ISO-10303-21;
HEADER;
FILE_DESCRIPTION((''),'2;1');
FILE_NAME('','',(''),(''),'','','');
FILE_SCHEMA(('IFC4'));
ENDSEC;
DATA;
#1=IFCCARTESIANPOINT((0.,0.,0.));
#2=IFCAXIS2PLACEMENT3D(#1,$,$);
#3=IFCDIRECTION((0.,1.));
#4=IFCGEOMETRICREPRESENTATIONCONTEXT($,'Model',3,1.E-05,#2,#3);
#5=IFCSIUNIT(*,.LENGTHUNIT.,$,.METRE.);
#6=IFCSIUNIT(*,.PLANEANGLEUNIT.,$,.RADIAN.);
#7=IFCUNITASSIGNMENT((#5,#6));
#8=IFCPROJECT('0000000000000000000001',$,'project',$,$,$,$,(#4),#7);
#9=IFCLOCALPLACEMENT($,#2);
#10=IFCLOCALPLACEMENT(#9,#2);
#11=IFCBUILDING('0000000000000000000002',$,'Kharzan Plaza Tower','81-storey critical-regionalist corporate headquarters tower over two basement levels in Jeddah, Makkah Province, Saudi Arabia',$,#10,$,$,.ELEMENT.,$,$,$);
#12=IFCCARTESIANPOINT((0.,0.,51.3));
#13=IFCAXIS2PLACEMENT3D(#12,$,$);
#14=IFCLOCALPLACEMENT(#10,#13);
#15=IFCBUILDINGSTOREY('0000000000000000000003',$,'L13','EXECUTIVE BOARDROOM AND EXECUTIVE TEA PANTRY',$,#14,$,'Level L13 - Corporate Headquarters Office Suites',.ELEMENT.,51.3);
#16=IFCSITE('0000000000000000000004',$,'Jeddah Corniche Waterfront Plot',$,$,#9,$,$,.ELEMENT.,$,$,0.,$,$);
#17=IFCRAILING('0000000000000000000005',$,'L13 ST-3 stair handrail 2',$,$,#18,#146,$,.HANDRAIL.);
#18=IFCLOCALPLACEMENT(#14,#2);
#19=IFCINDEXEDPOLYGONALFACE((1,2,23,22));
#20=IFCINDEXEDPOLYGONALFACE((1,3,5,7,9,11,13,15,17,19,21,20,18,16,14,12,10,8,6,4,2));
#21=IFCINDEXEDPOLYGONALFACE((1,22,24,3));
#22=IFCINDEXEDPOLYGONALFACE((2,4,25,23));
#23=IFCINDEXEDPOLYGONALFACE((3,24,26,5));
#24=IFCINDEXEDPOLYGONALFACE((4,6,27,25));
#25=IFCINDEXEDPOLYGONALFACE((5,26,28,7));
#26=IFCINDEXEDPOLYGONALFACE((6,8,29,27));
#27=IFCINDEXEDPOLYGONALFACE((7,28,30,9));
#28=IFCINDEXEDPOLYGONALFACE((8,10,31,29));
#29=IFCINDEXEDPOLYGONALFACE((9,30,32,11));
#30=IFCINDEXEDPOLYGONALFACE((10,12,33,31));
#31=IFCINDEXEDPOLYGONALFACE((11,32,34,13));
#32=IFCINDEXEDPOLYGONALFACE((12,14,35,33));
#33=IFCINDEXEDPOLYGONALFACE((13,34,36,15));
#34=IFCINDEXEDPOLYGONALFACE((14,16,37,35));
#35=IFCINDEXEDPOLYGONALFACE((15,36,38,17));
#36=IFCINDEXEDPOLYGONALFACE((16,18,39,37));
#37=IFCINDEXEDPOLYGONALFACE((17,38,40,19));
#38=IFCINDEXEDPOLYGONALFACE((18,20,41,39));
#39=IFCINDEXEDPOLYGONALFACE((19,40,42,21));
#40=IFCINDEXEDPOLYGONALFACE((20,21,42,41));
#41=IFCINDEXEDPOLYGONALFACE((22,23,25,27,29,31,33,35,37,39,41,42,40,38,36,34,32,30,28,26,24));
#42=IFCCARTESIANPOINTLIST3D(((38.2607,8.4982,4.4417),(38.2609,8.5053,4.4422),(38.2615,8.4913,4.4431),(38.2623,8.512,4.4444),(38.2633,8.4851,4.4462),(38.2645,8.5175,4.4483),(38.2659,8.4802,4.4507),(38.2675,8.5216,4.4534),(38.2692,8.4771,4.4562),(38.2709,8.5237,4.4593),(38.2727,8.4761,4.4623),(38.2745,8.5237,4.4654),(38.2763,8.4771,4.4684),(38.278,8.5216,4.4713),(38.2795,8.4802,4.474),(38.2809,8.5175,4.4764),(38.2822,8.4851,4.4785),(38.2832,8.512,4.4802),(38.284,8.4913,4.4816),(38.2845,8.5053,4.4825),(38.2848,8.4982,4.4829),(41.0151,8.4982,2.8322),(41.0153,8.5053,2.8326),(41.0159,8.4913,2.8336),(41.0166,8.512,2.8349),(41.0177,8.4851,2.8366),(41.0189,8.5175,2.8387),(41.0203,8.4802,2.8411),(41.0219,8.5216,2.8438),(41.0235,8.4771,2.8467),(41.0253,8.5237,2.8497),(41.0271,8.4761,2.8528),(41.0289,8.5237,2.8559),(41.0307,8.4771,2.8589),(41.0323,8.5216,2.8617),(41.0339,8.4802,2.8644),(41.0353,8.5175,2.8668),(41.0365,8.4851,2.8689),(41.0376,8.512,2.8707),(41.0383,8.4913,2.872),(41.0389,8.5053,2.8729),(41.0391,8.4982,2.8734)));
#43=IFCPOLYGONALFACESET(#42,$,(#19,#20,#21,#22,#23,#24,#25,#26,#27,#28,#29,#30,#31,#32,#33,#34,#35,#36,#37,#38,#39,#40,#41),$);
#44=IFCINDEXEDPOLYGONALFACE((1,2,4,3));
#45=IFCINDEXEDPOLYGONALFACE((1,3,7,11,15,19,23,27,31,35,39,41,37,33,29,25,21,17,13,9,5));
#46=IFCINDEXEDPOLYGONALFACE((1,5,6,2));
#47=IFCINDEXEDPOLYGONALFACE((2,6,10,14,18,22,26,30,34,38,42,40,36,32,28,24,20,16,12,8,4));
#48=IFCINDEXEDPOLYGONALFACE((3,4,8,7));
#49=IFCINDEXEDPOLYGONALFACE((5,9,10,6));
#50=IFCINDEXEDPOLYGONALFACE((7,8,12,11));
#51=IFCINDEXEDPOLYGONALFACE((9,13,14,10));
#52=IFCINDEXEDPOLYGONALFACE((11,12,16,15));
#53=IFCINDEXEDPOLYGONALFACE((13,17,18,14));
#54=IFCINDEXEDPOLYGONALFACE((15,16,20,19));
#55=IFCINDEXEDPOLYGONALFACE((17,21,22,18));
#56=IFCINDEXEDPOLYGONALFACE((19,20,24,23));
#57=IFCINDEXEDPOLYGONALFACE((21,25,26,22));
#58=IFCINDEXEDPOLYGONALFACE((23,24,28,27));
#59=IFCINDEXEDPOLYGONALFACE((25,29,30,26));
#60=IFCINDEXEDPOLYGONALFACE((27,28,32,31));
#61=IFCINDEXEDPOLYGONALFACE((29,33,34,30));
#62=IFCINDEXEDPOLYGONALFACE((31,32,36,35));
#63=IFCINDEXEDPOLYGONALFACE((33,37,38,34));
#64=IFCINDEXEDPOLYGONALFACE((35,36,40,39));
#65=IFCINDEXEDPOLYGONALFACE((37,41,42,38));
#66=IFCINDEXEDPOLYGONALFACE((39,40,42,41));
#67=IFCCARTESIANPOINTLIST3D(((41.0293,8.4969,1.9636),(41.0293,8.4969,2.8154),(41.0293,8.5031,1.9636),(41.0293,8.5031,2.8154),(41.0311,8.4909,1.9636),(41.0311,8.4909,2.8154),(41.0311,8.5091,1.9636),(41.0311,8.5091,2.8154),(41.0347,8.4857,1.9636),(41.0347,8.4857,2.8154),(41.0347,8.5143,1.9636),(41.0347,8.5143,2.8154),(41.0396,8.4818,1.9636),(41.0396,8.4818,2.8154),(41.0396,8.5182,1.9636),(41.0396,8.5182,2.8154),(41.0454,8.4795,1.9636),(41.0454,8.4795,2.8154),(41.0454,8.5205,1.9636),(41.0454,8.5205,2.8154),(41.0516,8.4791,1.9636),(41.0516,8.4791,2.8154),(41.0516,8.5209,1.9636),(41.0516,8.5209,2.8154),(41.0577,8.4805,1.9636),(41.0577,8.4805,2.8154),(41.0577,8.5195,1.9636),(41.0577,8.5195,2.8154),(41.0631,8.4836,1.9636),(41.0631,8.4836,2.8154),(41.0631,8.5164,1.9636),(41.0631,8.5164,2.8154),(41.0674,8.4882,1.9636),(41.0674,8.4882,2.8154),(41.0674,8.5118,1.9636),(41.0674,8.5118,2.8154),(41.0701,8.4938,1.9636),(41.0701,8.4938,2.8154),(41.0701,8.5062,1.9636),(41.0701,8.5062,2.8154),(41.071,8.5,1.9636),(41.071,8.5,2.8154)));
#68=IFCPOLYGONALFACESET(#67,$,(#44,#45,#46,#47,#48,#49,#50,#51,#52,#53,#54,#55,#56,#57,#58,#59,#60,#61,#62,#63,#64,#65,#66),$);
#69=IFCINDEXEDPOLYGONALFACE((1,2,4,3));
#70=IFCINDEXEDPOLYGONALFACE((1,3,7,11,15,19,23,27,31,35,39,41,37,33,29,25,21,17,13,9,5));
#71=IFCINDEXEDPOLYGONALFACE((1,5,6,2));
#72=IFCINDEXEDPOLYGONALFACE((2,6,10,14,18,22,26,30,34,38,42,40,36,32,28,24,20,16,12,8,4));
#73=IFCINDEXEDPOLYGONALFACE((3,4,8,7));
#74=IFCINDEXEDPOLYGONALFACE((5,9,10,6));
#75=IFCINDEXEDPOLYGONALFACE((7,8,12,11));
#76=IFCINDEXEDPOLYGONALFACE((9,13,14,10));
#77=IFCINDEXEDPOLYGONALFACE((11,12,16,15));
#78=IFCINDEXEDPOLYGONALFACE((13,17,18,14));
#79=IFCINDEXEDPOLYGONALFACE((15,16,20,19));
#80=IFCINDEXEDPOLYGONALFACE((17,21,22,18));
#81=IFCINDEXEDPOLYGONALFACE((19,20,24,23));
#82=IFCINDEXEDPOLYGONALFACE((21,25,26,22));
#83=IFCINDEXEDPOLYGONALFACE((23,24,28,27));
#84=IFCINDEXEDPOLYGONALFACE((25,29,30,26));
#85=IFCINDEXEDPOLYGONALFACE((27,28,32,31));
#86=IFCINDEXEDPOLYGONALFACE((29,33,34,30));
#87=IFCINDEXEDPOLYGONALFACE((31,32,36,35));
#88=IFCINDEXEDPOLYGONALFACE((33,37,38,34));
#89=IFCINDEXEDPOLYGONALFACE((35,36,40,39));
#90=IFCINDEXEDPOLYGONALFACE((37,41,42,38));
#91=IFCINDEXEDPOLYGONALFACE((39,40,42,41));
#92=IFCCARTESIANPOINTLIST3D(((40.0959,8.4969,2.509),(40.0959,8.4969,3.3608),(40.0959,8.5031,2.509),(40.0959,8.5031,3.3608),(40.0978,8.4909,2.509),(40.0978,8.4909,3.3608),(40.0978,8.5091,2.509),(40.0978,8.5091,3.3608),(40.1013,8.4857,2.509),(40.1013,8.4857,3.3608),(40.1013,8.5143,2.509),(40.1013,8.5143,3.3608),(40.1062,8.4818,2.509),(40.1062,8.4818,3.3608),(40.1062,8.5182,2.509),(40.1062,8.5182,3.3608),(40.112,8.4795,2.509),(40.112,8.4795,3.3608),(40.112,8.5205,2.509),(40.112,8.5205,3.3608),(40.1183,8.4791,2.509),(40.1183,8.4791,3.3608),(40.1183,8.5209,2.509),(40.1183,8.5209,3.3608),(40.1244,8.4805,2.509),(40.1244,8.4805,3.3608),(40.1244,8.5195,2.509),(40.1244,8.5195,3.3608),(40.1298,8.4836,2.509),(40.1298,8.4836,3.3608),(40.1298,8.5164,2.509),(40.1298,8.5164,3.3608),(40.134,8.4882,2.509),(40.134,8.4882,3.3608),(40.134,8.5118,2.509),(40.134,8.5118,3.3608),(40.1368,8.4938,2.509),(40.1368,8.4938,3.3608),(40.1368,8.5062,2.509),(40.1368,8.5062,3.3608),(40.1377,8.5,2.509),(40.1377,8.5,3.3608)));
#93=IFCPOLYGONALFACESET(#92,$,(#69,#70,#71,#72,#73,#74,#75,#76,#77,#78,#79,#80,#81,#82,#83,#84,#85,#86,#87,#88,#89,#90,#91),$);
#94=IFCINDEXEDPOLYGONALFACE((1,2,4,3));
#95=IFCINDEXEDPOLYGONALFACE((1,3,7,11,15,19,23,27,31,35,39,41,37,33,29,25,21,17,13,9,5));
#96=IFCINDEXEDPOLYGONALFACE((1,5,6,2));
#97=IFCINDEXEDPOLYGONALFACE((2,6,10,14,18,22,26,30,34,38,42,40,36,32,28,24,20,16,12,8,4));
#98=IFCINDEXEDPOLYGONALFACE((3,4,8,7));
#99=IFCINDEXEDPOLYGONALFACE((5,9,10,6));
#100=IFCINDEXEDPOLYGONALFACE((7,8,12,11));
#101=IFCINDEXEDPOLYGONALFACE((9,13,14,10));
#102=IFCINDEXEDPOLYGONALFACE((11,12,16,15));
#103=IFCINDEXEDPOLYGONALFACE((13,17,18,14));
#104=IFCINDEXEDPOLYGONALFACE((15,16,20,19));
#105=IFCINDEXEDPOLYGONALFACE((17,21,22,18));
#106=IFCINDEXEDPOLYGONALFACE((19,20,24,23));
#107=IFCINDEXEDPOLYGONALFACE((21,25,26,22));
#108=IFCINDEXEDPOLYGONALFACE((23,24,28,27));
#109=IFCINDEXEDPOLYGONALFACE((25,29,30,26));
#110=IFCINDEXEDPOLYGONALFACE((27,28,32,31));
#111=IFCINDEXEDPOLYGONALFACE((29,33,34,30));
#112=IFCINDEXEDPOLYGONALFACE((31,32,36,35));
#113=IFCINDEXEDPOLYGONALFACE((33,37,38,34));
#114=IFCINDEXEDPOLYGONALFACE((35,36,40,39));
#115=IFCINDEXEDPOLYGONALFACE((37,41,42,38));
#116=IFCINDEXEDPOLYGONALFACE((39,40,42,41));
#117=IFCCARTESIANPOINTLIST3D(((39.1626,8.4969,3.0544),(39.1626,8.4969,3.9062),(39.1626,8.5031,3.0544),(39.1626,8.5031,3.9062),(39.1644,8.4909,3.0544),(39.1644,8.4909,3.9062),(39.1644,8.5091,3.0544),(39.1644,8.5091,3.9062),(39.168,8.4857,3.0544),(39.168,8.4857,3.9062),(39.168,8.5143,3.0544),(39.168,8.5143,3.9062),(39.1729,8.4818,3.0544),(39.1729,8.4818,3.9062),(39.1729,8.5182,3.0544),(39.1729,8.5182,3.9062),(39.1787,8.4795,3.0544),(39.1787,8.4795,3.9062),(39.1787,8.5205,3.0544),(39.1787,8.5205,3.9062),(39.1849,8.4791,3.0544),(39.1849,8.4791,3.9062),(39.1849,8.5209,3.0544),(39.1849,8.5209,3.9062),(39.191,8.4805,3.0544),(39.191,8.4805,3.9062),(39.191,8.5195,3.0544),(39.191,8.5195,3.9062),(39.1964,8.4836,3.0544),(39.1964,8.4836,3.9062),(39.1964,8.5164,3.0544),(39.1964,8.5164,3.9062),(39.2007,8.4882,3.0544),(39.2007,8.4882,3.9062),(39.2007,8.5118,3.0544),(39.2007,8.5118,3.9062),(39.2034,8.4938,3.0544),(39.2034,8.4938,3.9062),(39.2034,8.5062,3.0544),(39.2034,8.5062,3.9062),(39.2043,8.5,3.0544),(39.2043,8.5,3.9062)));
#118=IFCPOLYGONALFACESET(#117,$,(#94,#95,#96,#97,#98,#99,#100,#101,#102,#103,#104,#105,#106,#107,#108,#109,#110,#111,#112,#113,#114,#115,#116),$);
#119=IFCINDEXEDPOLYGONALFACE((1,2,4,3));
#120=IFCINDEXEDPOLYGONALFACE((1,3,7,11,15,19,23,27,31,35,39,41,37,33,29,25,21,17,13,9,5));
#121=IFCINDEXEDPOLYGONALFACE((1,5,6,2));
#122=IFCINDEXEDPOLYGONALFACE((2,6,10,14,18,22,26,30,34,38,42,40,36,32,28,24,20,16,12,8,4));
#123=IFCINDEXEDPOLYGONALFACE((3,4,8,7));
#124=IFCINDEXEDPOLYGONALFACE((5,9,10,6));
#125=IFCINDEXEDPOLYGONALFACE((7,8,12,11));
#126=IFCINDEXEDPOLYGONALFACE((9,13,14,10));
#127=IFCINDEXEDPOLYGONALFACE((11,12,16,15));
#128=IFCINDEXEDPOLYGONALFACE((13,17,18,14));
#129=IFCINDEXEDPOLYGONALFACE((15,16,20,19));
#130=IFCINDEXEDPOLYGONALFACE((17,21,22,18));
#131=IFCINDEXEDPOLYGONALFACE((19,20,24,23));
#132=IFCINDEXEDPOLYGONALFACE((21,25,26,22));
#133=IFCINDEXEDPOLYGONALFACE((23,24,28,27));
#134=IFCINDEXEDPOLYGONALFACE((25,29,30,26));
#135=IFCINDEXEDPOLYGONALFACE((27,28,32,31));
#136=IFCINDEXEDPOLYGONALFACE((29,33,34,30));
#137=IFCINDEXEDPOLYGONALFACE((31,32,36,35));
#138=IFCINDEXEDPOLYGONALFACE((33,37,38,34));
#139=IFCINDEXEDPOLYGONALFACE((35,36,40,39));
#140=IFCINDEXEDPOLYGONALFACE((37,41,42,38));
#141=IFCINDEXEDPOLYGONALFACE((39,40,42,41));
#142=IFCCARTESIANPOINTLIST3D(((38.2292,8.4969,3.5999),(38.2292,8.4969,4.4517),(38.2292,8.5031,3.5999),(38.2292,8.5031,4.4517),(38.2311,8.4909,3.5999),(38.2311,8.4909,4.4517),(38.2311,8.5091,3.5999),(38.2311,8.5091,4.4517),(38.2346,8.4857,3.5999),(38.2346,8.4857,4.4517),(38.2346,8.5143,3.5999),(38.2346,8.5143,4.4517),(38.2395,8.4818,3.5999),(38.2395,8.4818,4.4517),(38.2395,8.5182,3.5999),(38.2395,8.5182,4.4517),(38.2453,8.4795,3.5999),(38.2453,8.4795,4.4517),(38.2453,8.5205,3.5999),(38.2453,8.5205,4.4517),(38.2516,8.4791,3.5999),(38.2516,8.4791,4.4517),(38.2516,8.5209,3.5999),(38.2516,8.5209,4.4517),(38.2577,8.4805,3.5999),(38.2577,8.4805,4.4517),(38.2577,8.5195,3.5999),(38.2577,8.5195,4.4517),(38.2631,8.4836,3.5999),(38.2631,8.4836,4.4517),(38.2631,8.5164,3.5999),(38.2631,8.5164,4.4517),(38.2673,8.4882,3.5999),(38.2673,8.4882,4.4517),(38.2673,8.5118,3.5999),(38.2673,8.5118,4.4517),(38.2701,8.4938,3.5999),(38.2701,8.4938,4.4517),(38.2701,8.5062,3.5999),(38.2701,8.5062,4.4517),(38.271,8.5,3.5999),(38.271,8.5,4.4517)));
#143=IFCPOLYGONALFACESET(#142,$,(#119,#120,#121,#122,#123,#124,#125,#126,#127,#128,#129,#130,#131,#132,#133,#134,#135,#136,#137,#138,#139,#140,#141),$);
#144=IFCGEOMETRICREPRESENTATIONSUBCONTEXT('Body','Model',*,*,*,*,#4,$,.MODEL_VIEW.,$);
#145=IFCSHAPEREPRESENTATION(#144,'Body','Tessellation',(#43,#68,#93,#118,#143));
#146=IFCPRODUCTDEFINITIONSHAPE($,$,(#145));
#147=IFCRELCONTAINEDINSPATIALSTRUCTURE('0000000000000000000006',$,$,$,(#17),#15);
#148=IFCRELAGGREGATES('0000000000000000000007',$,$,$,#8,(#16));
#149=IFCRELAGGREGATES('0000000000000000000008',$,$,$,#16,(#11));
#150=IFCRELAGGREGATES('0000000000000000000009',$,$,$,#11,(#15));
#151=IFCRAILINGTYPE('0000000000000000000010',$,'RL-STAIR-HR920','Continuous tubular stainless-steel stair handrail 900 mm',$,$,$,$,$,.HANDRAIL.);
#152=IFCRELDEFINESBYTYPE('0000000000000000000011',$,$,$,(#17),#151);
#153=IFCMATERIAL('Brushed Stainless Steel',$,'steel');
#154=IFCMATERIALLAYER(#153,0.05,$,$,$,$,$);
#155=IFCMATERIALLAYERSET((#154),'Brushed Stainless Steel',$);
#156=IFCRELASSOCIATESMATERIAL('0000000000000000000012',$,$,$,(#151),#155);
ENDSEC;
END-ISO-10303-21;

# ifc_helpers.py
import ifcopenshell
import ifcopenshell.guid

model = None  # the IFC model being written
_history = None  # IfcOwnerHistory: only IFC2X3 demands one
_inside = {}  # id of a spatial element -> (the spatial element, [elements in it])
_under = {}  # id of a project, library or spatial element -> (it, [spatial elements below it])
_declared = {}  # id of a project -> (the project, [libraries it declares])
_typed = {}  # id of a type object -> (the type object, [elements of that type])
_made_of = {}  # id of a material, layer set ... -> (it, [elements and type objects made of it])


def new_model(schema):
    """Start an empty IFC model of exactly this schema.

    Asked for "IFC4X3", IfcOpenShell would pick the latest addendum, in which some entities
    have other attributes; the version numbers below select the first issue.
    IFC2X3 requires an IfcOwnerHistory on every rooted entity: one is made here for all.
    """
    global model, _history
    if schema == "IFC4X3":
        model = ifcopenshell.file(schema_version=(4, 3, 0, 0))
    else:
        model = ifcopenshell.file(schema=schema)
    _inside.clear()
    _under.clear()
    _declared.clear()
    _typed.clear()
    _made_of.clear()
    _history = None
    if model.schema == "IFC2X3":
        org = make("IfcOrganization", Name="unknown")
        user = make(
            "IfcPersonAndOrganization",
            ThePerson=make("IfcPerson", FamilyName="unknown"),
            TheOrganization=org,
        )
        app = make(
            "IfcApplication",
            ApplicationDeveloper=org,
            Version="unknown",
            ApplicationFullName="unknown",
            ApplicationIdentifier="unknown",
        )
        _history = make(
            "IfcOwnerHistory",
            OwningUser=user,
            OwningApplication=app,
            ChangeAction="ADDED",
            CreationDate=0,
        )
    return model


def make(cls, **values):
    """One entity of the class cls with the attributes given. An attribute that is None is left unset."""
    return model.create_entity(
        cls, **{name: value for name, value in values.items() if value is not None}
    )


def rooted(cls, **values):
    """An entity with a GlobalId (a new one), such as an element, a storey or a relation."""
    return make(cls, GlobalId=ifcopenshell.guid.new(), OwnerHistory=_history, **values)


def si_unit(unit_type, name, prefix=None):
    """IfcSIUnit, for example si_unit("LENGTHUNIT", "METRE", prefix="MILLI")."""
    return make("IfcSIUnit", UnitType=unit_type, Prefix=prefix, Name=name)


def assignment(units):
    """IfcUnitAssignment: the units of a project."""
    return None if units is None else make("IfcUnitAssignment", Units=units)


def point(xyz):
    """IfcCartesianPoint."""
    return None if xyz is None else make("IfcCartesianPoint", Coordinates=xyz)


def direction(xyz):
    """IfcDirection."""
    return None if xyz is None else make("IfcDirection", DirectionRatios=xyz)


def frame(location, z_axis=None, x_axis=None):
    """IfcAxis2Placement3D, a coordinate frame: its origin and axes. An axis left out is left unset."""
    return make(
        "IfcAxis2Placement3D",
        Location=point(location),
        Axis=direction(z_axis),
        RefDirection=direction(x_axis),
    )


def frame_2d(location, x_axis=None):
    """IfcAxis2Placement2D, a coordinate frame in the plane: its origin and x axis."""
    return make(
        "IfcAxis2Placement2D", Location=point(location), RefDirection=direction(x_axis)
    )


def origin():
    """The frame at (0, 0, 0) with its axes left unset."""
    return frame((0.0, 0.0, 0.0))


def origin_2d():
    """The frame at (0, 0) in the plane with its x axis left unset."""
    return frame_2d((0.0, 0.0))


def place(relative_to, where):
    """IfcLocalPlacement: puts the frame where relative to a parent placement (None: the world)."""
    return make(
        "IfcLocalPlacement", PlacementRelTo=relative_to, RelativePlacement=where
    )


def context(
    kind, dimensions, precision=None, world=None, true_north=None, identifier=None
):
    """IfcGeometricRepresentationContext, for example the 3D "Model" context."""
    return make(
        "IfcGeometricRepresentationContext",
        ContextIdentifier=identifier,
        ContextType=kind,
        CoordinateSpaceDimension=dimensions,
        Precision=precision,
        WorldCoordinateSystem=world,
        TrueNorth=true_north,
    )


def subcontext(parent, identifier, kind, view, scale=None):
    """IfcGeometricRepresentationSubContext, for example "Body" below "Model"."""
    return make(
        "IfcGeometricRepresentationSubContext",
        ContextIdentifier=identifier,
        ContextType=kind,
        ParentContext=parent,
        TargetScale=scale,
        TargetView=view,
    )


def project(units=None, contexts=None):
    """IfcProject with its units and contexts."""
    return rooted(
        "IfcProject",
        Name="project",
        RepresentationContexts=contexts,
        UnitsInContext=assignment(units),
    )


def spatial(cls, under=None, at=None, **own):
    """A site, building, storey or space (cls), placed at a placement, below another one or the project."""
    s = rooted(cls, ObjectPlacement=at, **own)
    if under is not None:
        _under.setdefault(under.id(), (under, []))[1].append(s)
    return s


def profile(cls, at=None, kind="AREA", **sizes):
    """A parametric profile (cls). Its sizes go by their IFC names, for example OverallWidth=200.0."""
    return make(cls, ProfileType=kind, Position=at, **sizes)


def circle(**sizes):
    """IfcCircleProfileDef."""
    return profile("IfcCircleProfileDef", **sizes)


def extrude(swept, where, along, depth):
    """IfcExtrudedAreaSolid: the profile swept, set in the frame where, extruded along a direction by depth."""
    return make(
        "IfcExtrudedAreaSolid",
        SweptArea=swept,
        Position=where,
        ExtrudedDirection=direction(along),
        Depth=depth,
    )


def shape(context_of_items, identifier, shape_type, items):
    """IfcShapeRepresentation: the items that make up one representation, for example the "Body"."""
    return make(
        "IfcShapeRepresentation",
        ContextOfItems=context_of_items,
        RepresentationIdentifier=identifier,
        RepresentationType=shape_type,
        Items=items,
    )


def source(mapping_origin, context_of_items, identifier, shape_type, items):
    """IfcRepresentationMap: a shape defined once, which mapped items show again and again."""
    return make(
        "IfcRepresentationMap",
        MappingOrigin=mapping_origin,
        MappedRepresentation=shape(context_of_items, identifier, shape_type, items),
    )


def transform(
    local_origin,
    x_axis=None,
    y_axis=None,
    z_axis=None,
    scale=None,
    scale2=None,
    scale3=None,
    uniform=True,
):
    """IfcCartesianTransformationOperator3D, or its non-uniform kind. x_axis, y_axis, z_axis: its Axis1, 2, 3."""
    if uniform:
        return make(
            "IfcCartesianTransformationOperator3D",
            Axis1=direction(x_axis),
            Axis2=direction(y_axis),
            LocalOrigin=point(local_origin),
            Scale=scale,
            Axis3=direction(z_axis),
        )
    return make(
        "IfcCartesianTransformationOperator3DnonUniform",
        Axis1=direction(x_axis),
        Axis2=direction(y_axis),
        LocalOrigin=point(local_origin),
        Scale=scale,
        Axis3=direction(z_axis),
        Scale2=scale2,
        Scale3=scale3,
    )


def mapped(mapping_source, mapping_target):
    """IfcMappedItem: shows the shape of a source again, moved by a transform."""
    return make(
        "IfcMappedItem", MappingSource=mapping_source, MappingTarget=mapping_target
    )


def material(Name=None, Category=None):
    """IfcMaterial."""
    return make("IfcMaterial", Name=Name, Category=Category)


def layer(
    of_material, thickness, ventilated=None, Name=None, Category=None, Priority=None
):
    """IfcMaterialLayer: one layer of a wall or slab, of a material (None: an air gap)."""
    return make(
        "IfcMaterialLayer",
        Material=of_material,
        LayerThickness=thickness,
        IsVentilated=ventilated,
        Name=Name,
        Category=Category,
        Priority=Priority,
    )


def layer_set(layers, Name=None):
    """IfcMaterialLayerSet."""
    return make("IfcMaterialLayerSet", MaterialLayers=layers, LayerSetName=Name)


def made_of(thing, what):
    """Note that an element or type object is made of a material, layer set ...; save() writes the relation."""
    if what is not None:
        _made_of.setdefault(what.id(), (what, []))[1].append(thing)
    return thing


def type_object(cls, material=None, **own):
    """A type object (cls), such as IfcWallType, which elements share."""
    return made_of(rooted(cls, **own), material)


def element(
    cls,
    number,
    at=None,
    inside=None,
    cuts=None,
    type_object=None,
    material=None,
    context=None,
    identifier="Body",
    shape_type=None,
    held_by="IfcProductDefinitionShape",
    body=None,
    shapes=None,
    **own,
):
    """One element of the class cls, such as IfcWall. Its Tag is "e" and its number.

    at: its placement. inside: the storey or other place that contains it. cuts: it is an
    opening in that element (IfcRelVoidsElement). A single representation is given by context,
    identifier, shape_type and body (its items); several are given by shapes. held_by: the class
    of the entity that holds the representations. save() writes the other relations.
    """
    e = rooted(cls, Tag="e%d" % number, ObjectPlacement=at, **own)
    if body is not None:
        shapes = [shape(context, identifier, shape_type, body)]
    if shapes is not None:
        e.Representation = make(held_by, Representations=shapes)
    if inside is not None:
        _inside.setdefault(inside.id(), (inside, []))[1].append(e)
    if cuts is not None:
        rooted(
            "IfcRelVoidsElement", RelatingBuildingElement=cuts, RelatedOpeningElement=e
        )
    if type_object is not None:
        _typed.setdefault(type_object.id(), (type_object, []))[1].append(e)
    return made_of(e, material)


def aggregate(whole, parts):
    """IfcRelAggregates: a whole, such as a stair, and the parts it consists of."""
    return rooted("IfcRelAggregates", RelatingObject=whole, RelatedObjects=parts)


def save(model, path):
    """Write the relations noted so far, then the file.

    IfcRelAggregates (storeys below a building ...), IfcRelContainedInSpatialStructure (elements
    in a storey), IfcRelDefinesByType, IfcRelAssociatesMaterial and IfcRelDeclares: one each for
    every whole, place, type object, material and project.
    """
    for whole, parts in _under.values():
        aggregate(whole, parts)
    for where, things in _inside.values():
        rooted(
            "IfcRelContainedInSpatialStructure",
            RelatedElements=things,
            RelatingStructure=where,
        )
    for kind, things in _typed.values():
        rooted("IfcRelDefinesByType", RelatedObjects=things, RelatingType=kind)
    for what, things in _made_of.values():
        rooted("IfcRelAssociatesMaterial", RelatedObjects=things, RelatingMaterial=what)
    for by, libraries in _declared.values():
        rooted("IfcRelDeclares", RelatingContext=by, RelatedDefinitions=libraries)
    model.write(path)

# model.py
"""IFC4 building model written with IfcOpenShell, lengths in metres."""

from ifc_helpers import new_model, si_unit, direction, frame, origin, origin_2d, place, context, subcontext, project, spatial, circle, extrude, source, transform, mapped, material, layer, layer_set, type_object, element, save


model = new_model("IFC4")

# Units and contexts
model_context = context("Model", 3, precision=1e-05, world=origin(), true_north=direction((0.0, 1.0)))
body_context = subcontext(model_context, "Body", "Model", "MODEL_VIEW")
ifc_project = project(units=[si_unit("LENGTHUNIT", "METRE"), si_unit("PLANEANGLEUNIT", "RADIAN")], contexts=[model_context])

# Site, building, storey
site_placement = place(None, origin())
site = spatial("IfcSite", under=ifc_project, at=site_placement, Name="Jeddah Corniche Waterfront Plot", CompositionType="ELEMENT", RefElevation=0.0)
building_placement = place(site_placement, origin())
building = spatial("IfcBuilding", under=site, at=building_placement, Name="Kharzan Plaza Tower", Description="81-storey critical-regionalist corporate headquarters tower over two basement levels in Jeddah, Makkah Province, Saudi Arabia", CompositionType="ELEMENT")
storey_placement = place(building_placement, frame((0.0, 0.0, 51.3)))
storey = spatial("IfcBuildingStorey", under=building, at=storey_placement, Name="L13", Description="EXECUTIVE BOARDROOM AND EXECUTIVE TEA PANTRY", LongName="Level L13 - Corporate Headquarters Office Suites", CompositionType="ELEMENT", Elevation=51.3)

# Shared definitions
ifc_material_1 = material(Name="Brushed Stainless Steel", Category="steel")

# Railing
ifc_layer_1 = layer(ifc_material_1, 0.05)
ifc_layer_set_1 = layer_set([ifc_layer_1], Name="Brushed Stainless Steel")
railing_type_1 = type_object("IfcRailingType", Name="RL-STAIR-HR920", Description="Continuous tubular stainless-steel stair handrail 900 mm", PredefinedType="HANDRAIL", material=ifc_layer_set_1)
shared_shape_1 = source(origin(), body_context, "Body", "SweptSolid", [
    extrude(circle(Radius=0.0239, at=origin_2d()), frame((-0.0229, 0.0, 0.8892), z_axis=(-0.863394, 0.0, 0.504531), x_axis=(0.0, -1.0, 0.0)), (0.0, 0.0, 1.0), 3.1902),
    extrude(circle(Radius=0.021, at=origin_2d()), origin(), (0.0, 0.0, 1.0), 0.8518),
    extrude(circle(Radius=0.021, at=origin_2d()), frame((-0.9333, 0.0, 0.5454)), (0.0, 0.0, 1.0), 0.8518),
    extrude(circle(Radius=0.021, at=origin_2d()), frame((-1.8667, 0.0, 1.0908)), (0.0, 0.0, 1.0), 0.8518),
    extrude(circle(Radius=0.021, at=origin_2d()), frame((-2.8, 0.0, 1.6362)), (0.0, 0.0, 1.0), 0.8518),
])
railing_1_placement = place(storey_placement, frame((41.05, 8.5, 1.9636)))
element("IfcRailing", 1, at=railing_1_placement, inside=storey, type_object=railing_type_1, Name="L13 ST-3 stair handrail 2", PredefinedType="HANDRAIL", context=body_context, shape_type="MappedRepresentation", body=[
    mapped(shared_shape_1, transform((0.0, 0.0, 0.0), x_axis=(1.0, 0.0, 0.0), y_axis=(0.0, 1.0, 0.0), z_axis=(0.0, 0.0, 1.0))),
])

save(model, "model.ifc")
